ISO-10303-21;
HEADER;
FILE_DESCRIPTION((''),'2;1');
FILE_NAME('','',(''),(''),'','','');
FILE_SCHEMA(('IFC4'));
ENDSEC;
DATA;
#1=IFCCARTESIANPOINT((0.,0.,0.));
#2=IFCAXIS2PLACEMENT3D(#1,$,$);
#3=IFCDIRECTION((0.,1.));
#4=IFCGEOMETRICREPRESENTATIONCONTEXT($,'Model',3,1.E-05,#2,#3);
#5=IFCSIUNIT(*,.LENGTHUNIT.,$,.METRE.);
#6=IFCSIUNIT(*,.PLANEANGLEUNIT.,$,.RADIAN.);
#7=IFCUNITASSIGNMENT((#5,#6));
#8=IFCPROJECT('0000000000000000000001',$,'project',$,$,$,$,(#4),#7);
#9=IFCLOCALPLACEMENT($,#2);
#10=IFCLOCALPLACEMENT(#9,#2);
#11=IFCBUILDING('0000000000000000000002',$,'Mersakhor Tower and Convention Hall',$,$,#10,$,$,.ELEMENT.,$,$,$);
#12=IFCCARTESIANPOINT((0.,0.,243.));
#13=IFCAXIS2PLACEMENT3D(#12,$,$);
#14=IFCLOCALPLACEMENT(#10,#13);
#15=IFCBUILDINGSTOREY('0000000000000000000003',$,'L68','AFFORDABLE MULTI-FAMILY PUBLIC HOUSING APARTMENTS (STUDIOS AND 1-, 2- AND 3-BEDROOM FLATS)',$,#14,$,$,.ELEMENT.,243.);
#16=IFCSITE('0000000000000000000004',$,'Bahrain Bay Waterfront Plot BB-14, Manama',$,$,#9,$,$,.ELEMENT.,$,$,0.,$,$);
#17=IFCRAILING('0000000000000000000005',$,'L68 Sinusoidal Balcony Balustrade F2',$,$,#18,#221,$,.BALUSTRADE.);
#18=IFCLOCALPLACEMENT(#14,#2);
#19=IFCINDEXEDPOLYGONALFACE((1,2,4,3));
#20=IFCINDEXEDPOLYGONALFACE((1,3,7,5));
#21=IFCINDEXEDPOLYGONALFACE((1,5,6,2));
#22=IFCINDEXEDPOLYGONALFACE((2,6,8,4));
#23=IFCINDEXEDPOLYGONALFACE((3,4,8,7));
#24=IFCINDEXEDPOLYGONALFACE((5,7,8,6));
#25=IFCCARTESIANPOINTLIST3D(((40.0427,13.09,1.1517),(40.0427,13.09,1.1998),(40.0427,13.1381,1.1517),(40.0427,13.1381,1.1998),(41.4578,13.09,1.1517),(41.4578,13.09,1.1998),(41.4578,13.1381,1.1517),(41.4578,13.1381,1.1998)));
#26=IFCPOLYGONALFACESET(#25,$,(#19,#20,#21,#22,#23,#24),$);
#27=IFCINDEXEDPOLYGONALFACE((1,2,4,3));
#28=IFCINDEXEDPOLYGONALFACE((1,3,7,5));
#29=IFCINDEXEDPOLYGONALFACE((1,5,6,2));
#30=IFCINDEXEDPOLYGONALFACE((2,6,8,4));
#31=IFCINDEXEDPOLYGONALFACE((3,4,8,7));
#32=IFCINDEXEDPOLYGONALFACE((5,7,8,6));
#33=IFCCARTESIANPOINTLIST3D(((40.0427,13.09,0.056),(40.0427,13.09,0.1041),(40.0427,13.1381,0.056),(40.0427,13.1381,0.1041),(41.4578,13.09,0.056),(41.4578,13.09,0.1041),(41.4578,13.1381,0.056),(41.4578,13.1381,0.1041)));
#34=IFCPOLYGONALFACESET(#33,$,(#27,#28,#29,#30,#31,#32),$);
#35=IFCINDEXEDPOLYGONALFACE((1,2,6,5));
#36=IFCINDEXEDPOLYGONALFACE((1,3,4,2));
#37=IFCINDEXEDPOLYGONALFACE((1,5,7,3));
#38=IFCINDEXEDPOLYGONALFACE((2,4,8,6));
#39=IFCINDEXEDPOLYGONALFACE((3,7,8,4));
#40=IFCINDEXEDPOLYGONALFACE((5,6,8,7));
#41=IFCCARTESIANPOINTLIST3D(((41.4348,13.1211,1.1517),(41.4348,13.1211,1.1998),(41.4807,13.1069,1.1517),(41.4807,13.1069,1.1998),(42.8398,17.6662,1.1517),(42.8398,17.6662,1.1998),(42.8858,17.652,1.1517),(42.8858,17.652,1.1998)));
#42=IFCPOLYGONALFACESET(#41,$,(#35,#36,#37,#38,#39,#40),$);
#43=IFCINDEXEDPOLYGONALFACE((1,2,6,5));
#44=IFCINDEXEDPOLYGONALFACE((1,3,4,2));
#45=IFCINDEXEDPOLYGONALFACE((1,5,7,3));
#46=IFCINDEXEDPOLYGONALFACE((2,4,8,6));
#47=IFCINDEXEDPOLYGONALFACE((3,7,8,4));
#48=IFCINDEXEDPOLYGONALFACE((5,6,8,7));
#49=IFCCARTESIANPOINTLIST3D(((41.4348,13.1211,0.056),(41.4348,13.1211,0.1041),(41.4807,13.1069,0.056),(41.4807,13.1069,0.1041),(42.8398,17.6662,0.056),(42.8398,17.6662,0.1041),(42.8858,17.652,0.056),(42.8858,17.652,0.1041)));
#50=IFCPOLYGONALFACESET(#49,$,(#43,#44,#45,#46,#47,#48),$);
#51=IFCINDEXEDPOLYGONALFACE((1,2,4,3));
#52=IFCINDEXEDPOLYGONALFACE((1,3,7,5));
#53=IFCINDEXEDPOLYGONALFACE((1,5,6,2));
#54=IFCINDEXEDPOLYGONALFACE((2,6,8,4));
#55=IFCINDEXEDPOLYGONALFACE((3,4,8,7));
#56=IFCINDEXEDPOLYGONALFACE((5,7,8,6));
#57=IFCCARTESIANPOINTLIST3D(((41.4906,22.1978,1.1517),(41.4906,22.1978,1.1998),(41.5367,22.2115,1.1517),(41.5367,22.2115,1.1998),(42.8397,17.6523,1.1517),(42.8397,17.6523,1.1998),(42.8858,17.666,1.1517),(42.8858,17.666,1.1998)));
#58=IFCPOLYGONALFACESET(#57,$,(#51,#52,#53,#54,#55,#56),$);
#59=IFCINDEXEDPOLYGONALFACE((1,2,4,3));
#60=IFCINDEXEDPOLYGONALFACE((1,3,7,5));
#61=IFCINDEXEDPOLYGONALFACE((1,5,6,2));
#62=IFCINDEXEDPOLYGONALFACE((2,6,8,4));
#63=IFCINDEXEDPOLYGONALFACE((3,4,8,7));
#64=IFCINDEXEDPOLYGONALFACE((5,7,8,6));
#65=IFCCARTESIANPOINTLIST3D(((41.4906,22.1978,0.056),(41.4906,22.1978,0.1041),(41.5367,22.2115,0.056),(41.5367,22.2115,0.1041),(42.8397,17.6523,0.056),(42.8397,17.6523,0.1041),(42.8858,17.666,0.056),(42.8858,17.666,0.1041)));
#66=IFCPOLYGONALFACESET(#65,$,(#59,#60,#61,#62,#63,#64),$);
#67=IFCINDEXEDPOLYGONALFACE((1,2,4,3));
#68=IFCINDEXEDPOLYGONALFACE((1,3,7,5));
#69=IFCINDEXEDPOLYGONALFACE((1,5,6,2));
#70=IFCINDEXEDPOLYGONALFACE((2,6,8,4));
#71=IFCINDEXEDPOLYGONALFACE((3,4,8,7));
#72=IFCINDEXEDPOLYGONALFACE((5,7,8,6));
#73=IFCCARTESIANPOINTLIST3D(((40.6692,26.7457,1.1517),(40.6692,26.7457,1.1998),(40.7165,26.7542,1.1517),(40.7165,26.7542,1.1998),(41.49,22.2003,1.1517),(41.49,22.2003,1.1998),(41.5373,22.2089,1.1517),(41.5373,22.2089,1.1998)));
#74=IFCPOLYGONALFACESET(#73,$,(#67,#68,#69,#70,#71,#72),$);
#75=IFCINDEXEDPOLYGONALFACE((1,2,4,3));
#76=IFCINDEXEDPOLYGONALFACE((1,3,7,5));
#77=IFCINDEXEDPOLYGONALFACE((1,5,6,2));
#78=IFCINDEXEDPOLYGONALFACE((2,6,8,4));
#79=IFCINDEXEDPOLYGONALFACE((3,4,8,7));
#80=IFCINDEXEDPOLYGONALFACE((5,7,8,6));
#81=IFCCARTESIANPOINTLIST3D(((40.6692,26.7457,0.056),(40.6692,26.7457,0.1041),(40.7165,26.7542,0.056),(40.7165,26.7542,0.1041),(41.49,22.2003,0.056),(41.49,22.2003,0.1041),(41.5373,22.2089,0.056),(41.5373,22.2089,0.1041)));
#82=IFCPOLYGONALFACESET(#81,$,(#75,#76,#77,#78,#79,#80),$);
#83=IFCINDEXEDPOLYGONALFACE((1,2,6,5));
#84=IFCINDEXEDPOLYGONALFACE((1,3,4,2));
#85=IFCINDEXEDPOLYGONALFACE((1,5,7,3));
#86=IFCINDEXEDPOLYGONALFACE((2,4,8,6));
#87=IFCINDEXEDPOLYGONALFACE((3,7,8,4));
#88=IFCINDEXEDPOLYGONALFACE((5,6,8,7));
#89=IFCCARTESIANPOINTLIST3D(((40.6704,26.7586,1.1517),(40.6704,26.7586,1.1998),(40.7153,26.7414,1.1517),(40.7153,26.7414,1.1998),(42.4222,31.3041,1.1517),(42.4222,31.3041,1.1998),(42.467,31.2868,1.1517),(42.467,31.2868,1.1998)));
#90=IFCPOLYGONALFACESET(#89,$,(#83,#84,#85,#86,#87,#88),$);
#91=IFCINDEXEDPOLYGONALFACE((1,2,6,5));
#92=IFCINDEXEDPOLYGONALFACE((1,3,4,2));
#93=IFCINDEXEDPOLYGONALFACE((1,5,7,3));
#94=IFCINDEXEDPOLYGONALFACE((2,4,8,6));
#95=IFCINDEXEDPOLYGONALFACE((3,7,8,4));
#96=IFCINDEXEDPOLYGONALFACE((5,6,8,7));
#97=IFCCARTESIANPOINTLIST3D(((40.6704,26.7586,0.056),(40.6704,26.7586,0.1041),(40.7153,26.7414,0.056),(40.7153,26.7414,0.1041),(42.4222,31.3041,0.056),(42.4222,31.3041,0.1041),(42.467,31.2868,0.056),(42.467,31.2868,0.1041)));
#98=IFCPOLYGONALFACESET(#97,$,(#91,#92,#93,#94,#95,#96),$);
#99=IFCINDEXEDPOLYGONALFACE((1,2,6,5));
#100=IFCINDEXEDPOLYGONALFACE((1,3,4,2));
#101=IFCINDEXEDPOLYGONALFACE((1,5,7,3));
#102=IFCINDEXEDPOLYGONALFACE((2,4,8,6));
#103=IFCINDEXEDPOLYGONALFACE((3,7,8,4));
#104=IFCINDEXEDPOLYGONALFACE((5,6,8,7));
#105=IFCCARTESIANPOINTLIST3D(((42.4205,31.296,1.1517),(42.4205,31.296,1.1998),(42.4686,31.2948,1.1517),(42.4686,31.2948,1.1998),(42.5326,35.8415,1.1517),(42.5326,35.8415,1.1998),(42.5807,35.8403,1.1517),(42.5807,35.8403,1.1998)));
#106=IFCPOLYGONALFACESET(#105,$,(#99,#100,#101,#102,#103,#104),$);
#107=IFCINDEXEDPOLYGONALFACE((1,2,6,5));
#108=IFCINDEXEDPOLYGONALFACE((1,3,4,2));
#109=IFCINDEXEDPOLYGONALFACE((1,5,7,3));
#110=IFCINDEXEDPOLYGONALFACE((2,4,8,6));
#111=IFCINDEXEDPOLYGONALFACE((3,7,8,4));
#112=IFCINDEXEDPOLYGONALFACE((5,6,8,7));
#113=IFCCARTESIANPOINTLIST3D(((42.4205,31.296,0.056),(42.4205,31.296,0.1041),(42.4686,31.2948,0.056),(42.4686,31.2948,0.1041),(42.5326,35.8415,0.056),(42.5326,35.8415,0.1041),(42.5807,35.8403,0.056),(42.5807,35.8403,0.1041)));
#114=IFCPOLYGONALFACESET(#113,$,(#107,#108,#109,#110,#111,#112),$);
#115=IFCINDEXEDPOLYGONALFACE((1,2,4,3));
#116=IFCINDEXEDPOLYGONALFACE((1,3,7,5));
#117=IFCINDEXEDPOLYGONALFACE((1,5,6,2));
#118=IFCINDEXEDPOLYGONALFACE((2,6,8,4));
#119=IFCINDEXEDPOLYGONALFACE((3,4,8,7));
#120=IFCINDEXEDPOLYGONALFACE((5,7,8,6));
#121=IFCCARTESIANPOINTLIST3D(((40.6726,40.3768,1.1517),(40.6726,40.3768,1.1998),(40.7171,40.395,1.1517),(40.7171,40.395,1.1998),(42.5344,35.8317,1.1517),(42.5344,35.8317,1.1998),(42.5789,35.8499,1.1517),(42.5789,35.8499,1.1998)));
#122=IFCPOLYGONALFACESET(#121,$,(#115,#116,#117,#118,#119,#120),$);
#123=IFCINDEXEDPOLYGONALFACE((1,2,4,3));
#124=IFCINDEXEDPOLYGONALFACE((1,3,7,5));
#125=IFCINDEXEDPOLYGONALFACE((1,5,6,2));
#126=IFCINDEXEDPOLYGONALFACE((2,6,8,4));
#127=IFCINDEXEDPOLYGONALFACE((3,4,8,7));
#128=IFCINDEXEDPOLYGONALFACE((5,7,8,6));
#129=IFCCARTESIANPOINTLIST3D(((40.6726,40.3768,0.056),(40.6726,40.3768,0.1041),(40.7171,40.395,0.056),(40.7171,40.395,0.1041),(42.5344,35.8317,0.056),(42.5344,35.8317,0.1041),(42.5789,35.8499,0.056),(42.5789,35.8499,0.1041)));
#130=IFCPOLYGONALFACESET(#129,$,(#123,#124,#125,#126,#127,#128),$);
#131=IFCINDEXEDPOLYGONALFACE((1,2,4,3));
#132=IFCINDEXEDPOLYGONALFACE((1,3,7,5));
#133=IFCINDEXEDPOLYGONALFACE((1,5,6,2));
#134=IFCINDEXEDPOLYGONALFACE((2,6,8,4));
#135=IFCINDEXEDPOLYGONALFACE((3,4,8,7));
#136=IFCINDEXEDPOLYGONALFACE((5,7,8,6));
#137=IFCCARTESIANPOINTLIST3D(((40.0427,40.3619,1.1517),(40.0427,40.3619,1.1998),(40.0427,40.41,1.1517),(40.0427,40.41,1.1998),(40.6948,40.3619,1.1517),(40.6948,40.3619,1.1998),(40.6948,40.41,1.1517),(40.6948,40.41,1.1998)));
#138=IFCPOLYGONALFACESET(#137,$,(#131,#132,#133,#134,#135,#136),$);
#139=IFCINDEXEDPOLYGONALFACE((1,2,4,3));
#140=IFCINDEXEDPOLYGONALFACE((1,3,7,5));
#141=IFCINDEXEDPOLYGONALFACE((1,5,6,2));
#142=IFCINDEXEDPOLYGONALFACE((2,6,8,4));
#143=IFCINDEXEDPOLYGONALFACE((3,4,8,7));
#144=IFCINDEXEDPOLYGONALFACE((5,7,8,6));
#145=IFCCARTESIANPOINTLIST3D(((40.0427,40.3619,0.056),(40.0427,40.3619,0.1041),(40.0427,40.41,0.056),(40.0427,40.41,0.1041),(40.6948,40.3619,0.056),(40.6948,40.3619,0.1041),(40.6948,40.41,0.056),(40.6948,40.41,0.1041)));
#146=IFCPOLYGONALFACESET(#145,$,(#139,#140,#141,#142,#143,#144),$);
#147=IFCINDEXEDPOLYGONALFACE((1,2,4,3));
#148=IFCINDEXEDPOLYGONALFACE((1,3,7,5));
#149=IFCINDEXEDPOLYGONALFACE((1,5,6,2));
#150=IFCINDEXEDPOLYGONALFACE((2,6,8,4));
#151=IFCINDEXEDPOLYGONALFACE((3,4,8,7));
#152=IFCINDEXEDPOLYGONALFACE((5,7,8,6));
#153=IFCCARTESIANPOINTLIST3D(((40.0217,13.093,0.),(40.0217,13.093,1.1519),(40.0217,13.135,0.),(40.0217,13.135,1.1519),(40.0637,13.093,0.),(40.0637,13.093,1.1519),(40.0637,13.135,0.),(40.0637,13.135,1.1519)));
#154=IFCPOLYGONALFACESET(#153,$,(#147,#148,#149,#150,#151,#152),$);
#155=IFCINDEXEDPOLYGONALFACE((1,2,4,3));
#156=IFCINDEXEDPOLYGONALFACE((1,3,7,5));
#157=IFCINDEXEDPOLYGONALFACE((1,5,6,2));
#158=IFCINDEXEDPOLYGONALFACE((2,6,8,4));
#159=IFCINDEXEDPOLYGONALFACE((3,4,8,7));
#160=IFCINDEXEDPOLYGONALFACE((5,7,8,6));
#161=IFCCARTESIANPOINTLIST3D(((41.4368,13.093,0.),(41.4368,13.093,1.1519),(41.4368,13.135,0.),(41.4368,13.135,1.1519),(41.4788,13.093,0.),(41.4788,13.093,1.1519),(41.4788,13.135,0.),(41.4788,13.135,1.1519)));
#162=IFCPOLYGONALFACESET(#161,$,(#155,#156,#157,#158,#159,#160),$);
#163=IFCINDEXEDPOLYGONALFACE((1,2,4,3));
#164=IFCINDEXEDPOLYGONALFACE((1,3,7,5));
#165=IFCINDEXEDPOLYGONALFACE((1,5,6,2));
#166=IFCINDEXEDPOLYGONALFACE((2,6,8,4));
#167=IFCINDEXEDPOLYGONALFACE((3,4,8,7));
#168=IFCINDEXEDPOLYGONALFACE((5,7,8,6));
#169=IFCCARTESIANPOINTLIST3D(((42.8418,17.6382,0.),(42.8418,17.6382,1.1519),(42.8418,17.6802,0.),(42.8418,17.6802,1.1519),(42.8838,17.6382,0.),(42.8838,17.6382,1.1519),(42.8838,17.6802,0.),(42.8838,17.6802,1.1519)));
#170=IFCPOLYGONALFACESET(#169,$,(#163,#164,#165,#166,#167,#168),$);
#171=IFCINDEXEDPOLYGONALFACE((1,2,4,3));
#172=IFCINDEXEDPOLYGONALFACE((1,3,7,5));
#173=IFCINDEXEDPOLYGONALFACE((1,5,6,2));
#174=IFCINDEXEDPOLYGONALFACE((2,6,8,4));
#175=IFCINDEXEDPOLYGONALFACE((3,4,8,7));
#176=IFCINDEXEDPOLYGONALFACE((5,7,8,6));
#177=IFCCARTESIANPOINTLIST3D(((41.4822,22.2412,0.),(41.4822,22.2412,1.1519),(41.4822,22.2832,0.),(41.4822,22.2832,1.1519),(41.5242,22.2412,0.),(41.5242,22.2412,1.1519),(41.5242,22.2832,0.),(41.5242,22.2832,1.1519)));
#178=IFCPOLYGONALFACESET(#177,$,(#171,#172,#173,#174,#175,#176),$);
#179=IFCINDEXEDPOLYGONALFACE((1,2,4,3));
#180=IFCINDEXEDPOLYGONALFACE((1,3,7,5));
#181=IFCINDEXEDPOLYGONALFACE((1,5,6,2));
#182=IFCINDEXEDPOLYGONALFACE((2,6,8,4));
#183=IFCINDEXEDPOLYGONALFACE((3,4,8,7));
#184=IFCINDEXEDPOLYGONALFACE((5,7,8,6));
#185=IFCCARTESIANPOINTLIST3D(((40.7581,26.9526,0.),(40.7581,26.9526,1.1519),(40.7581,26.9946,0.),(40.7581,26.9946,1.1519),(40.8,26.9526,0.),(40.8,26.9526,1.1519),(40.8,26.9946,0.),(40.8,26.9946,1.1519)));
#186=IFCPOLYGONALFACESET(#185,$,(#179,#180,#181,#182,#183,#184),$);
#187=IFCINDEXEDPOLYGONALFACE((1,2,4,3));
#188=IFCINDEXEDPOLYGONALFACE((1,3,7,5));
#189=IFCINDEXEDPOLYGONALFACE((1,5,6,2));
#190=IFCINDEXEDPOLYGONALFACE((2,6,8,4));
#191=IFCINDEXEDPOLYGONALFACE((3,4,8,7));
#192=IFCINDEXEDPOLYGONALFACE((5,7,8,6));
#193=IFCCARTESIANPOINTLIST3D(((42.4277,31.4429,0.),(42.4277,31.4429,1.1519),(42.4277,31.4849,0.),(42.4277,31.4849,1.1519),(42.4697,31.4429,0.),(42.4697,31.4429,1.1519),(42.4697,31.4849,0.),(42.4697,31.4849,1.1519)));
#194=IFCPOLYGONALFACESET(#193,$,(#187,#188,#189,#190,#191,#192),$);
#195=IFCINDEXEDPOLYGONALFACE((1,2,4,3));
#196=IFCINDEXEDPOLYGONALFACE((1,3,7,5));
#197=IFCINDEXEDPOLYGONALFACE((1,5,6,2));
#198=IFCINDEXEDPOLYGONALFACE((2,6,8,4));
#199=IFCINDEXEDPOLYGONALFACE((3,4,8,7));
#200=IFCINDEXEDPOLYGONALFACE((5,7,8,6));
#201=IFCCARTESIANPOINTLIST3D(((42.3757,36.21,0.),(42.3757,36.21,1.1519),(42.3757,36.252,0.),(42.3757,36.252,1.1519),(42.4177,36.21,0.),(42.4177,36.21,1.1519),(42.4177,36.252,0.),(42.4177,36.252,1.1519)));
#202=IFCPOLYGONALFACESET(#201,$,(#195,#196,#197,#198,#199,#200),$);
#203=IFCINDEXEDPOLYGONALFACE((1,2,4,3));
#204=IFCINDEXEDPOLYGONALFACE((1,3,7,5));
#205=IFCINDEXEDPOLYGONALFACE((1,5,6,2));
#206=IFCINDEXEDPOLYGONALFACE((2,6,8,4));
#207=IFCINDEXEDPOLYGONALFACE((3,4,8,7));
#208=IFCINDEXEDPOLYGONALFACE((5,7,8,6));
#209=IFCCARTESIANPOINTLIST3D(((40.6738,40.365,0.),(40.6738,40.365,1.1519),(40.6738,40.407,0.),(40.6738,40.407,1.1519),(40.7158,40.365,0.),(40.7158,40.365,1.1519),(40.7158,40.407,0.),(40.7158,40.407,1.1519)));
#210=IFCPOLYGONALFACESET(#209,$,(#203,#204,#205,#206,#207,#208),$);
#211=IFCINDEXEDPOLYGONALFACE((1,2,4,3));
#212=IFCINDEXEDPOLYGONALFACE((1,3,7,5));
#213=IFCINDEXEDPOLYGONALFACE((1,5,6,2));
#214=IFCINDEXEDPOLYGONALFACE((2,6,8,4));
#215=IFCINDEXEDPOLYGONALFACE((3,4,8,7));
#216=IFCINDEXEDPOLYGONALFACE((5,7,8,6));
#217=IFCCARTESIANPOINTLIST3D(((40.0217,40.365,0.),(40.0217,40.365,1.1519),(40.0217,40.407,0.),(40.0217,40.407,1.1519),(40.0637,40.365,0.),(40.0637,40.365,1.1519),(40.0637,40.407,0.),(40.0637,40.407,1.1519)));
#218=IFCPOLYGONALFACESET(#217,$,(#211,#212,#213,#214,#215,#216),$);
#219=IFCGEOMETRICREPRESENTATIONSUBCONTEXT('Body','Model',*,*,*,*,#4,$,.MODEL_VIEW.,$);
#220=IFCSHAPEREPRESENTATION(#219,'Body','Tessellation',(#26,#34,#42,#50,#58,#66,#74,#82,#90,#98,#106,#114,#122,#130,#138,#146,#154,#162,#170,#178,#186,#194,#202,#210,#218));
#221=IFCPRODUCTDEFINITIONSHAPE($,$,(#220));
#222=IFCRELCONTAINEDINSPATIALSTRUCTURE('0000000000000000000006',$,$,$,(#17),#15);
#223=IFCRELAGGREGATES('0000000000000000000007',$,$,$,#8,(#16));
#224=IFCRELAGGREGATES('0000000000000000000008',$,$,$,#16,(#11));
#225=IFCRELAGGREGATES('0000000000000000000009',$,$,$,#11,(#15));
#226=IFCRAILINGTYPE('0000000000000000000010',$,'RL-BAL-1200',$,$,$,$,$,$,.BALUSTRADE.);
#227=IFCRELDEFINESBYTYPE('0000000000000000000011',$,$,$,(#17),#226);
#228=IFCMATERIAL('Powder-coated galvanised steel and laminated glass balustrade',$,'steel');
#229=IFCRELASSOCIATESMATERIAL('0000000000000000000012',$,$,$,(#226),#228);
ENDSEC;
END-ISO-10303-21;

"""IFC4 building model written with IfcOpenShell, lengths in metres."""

from ifc_helpers import new_model, si_unit, direction, frame, origin, origin_2d, place, context, subcontext, project, spatial, rectangle, extrude, material, type_object, element, save


model = new_model("IFC4")

# Units and contexts
model_context = context("Model", 3, precision=1e-05, world=origin(), true_north=direction((0.0, 1.0)))
body_context = subcontext(model_context, "Body", "Model", "MODEL_VIEW")
ifc_project = project(units=[si_unit("LENGTHUNIT", "METRE"), si_unit("PLANEANGLEUNIT", "RADIAN")], contexts=[model_context])

# Site, building, storey
site_placement = place(None, origin())
site = spatial("IfcSite", under=ifc_project, at=site_placement, Name="Bahrain Bay Waterfront Plot BB-14, Manama", CompositionType="ELEMENT", RefElevation=0.0)
building_placement = place(site_placement, origin())
building = spatial("IfcBuilding", under=site, at=building_placement, Name="Mersakhor Tower and Convention Hall", CompositionType="ELEMENT")
storey_placement = place(building_placement, frame((0.0, 0.0, 243.0)))
storey = spatial("IfcBuildingStorey", under=building, at=storey_placement, Name="L68", Description="AFFORDABLE MULTI-FAMILY PUBLIC HOUSING APARTMENTS (STUDIOS AND 1-, 2- AND 3-BEDROOM FLATS)", CompositionType="ELEMENT", Elevation=243.0)

# Railing
ifc_material_1 = material(Name="Powder-coated galvanised steel and laminated glass balustrade", Category="steel")
railing_type = type_object("IfcRailingType", Name="RL-BAL-1200", PredefinedType="BALUSTRADE", material=ifc_material_1)
railing_placement = place(storey_placement, frame((40.0427, 13.114, 0.0)))
element("IfcRailing", 1, at=railing_placement, inside=storey, type_object=railing_type, Name="L68 Sinusoidal Balcony Balustrade F2", PredefinedType="BALUSTRADE", context=body_context, shape_type="SweptSolid", body=[
    extrude(rectangle(XDim=0.0481, YDim=0.0481, at=origin_2d()), frame((0.0, 0.0, 1.1758), z_axis=(1.0, 0.0, 0.0), x_axis=(0.0, 1.0, 0.0)), (0.0, 0.0, 1.0), 1.415),
    extrude(rectangle(XDim=0.0481, YDim=0.0481, at=origin_2d()), frame((0.0, 0.0, 0.0801), z_axis=(1.0, 0.0, 0.0), x_axis=(0.0, 1.0, 0.0)), (0.0, 0.0, 1.0), 1.415),
    extrude(rectangle(XDim=0.0481, YDim=0.0481, at=origin_2d()), frame((1.415, 0.0, 1.1758), z_axis=(0.295337, 0.955393, 0.0), x_axis=(-0.955393, 0.295337, 0.0)), (0.0, 0.0, 1.0), 4.7573),
    extrude(rectangle(XDim=0.0481, YDim=0.0481, at=origin_2d()), frame((1.415, 0.0, 0.0801), z_axis=(0.295337, 0.955393, 0.0), x_axis=(-0.955393, 0.295337, 0.0)), (0.0, 0.0, 1.0), 4.7573),
    extrude(rectangle(XDim=0.0481, YDim=0.0481, at=origin_2d()), frame((2.8201, 4.5452, 1.1758), z_axis=(-0.284541, 0.958664, 0.0), x_axis=(-0.958664, -0.284541, 0.0)), (0.0, 0.0, 1.0), 4.7415),
    extrude(rectangle(XDim=0.0481, YDim=0.0481, at=origin_2d()), frame((2.8201, 4.5452, 0.0801), z_axis=(-0.284541, 0.958664, 0.0), x_axis=(-0.958664, -0.284541, 0.0)), (0.0, 0.0, 1.0), 4.7415),
    extrude(rectangle(XDim=0.0481, YDim=0.0481, at=origin_2d()), frame((1.4709, 9.0906, 1.1758), z_axis=(-0.177704, 0.984084, 0.0), x_axis=(-0.984084, -0.177704, 0.0)), (0.0, 0.0, 1.0), 4.6189),
    extrude(rectangle(XDim=0.0481, YDim=0.0481, at=origin_2d()), frame((1.4709, 9.0906, 0.0801), z_axis=(-0.177704, 0.984084, 0.0), x_axis=(-0.984084, -0.177704, 0.0)), (0.0, 0.0, 1.0), 4.6189),
    extrude(rectangle(XDim=0.0481, YDim=0.0481, at=origin_2d()), frame((0.6501, 13.636, 1.1758), z_axis=(0.3596, 0.933106, 0.0), x_axis=(-0.933106, 0.3596, 0.0)), (0.0, 0.0, 1.0), 4.8713),
    extrude(rectangle(XDim=0.0481, YDim=0.0481, at=origin_2d()), frame((0.6501, 13.636, 0.0801), z_axis=(0.3596, 0.933106, 0.0), x_axis=(-0.933106, 0.3596, 0.0)), (0.0, 0.0, 1.0), 4.8713),
    extrude(rectangle(XDim=0.0481, YDim=0.0481, at=origin_2d()), frame((2.4019, 18.1814, 1.1758), z_axis=(0.024646, 0.999696, 0.0), x_axis=(-0.999696, 0.024646, 0.0)), (0.0, 0.0, 1.0), 4.5469),
    extrude(rectangle(XDim=0.0481, YDim=0.0481, at=origin_2d()), frame((2.4019, 18.1814, 0.0801), z_axis=(0.024646, 0.999696, 0.0), x_axis=(-0.999696, 0.024646, 0.0)), (0.0, 0.0, 1.0), 4.5469),
    extrude(rectangle(XDim=0.0481, YDim=0.0481, at=origin_2d()), frame((2.5139, 22.7268, 1.1758), z_axis=(-0.379057, 0.925373, 0.0), x_axis=(-0.925373, -0.379057, 0.0)), (0.0, 0.0, 1.0), 4.9116),
    extrude(rectangle(XDim=0.0481, YDim=0.0481, at=origin_2d()), frame((2.5139, 22.7268, 0.0801), z_axis=(-0.379057, 0.925373, 0.0), x_axis=(-0.925373, -0.379057, 0.0)), (0.0, 0.0, 1.0), 4.9116),
    extrude(rectangle(XDim=0.0481, YDim=0.0481, at=origin_2d()), frame((0.6521, 27.272, 1.1758), z_axis=(-1.0, 0.0, 0.0), x_axis=(0.0, -1.0, 0.0)), (0.0, 0.0, 1.0), 0.6521),
    extrude(rectangle(XDim=0.0481, YDim=0.0481, at=origin_2d()), frame((0.6521, 27.272, 0.0801), z_axis=(-1.0, 0.0, 0.0), x_axis=(0.0, -1.0, 0.0)), (0.0, 0.0, 1.0), 0.6521),
    extrude(rectangle(XDim=0.042, YDim=0.042, at=origin_2d()), origin(), (0.0, 0.0, 1.0), 1.1519),
    extrude(rectangle(XDim=0.042, YDim=0.042, at=origin_2d()), frame((1.415, 0.0, 0.0)), (0.0, 0.0, 1.0), 1.1519),
    extrude(rectangle(XDim=0.042, YDim=0.042, at=origin_2d()), frame((2.8201, 4.5452, 0.0)), (0.0, 0.0, 1.0), 1.1519),
    extrude(rectangle(XDim=0.042, YDim=0.042, at=origin_2d()), frame((1.4604, 9.1482, 0.0)), (0.0, 0.0, 1.0), 1.1519),
    extrude(rectangle(XDim=0.042, YDim=0.042, at=origin_2d()), frame((0.7363, 13.8596, 0.0)), (0.0, 0.0, 1.0), 1.1519),
    extrude(rectangle(XDim=0.042, YDim=0.042, at=origin_2d()), frame((2.406, 18.3499, 0.0)), (0.0, 0.0, 1.0), 1.1519),
    extrude(rectangle(XDim=0.042, YDim=0.042, at=origin_2d()), frame((2.354, 23.1169, 0.0)), (0.0, 0.0, 1.0), 1.1519),
    extrude(rectangle(XDim=0.042, YDim=0.042, at=origin_2d()), frame((0.6521, 27.272, 0.0)), (0.0, 0.0, 1.0), 1.1519),
    extrude(rectangle(XDim=0.042, YDim=0.042, at=origin_2d()), frame((0.0, 27.272, 0.0)), (0.0, 0.0, 1.0), 1.1519),
])

save(model, "model.ifc")
